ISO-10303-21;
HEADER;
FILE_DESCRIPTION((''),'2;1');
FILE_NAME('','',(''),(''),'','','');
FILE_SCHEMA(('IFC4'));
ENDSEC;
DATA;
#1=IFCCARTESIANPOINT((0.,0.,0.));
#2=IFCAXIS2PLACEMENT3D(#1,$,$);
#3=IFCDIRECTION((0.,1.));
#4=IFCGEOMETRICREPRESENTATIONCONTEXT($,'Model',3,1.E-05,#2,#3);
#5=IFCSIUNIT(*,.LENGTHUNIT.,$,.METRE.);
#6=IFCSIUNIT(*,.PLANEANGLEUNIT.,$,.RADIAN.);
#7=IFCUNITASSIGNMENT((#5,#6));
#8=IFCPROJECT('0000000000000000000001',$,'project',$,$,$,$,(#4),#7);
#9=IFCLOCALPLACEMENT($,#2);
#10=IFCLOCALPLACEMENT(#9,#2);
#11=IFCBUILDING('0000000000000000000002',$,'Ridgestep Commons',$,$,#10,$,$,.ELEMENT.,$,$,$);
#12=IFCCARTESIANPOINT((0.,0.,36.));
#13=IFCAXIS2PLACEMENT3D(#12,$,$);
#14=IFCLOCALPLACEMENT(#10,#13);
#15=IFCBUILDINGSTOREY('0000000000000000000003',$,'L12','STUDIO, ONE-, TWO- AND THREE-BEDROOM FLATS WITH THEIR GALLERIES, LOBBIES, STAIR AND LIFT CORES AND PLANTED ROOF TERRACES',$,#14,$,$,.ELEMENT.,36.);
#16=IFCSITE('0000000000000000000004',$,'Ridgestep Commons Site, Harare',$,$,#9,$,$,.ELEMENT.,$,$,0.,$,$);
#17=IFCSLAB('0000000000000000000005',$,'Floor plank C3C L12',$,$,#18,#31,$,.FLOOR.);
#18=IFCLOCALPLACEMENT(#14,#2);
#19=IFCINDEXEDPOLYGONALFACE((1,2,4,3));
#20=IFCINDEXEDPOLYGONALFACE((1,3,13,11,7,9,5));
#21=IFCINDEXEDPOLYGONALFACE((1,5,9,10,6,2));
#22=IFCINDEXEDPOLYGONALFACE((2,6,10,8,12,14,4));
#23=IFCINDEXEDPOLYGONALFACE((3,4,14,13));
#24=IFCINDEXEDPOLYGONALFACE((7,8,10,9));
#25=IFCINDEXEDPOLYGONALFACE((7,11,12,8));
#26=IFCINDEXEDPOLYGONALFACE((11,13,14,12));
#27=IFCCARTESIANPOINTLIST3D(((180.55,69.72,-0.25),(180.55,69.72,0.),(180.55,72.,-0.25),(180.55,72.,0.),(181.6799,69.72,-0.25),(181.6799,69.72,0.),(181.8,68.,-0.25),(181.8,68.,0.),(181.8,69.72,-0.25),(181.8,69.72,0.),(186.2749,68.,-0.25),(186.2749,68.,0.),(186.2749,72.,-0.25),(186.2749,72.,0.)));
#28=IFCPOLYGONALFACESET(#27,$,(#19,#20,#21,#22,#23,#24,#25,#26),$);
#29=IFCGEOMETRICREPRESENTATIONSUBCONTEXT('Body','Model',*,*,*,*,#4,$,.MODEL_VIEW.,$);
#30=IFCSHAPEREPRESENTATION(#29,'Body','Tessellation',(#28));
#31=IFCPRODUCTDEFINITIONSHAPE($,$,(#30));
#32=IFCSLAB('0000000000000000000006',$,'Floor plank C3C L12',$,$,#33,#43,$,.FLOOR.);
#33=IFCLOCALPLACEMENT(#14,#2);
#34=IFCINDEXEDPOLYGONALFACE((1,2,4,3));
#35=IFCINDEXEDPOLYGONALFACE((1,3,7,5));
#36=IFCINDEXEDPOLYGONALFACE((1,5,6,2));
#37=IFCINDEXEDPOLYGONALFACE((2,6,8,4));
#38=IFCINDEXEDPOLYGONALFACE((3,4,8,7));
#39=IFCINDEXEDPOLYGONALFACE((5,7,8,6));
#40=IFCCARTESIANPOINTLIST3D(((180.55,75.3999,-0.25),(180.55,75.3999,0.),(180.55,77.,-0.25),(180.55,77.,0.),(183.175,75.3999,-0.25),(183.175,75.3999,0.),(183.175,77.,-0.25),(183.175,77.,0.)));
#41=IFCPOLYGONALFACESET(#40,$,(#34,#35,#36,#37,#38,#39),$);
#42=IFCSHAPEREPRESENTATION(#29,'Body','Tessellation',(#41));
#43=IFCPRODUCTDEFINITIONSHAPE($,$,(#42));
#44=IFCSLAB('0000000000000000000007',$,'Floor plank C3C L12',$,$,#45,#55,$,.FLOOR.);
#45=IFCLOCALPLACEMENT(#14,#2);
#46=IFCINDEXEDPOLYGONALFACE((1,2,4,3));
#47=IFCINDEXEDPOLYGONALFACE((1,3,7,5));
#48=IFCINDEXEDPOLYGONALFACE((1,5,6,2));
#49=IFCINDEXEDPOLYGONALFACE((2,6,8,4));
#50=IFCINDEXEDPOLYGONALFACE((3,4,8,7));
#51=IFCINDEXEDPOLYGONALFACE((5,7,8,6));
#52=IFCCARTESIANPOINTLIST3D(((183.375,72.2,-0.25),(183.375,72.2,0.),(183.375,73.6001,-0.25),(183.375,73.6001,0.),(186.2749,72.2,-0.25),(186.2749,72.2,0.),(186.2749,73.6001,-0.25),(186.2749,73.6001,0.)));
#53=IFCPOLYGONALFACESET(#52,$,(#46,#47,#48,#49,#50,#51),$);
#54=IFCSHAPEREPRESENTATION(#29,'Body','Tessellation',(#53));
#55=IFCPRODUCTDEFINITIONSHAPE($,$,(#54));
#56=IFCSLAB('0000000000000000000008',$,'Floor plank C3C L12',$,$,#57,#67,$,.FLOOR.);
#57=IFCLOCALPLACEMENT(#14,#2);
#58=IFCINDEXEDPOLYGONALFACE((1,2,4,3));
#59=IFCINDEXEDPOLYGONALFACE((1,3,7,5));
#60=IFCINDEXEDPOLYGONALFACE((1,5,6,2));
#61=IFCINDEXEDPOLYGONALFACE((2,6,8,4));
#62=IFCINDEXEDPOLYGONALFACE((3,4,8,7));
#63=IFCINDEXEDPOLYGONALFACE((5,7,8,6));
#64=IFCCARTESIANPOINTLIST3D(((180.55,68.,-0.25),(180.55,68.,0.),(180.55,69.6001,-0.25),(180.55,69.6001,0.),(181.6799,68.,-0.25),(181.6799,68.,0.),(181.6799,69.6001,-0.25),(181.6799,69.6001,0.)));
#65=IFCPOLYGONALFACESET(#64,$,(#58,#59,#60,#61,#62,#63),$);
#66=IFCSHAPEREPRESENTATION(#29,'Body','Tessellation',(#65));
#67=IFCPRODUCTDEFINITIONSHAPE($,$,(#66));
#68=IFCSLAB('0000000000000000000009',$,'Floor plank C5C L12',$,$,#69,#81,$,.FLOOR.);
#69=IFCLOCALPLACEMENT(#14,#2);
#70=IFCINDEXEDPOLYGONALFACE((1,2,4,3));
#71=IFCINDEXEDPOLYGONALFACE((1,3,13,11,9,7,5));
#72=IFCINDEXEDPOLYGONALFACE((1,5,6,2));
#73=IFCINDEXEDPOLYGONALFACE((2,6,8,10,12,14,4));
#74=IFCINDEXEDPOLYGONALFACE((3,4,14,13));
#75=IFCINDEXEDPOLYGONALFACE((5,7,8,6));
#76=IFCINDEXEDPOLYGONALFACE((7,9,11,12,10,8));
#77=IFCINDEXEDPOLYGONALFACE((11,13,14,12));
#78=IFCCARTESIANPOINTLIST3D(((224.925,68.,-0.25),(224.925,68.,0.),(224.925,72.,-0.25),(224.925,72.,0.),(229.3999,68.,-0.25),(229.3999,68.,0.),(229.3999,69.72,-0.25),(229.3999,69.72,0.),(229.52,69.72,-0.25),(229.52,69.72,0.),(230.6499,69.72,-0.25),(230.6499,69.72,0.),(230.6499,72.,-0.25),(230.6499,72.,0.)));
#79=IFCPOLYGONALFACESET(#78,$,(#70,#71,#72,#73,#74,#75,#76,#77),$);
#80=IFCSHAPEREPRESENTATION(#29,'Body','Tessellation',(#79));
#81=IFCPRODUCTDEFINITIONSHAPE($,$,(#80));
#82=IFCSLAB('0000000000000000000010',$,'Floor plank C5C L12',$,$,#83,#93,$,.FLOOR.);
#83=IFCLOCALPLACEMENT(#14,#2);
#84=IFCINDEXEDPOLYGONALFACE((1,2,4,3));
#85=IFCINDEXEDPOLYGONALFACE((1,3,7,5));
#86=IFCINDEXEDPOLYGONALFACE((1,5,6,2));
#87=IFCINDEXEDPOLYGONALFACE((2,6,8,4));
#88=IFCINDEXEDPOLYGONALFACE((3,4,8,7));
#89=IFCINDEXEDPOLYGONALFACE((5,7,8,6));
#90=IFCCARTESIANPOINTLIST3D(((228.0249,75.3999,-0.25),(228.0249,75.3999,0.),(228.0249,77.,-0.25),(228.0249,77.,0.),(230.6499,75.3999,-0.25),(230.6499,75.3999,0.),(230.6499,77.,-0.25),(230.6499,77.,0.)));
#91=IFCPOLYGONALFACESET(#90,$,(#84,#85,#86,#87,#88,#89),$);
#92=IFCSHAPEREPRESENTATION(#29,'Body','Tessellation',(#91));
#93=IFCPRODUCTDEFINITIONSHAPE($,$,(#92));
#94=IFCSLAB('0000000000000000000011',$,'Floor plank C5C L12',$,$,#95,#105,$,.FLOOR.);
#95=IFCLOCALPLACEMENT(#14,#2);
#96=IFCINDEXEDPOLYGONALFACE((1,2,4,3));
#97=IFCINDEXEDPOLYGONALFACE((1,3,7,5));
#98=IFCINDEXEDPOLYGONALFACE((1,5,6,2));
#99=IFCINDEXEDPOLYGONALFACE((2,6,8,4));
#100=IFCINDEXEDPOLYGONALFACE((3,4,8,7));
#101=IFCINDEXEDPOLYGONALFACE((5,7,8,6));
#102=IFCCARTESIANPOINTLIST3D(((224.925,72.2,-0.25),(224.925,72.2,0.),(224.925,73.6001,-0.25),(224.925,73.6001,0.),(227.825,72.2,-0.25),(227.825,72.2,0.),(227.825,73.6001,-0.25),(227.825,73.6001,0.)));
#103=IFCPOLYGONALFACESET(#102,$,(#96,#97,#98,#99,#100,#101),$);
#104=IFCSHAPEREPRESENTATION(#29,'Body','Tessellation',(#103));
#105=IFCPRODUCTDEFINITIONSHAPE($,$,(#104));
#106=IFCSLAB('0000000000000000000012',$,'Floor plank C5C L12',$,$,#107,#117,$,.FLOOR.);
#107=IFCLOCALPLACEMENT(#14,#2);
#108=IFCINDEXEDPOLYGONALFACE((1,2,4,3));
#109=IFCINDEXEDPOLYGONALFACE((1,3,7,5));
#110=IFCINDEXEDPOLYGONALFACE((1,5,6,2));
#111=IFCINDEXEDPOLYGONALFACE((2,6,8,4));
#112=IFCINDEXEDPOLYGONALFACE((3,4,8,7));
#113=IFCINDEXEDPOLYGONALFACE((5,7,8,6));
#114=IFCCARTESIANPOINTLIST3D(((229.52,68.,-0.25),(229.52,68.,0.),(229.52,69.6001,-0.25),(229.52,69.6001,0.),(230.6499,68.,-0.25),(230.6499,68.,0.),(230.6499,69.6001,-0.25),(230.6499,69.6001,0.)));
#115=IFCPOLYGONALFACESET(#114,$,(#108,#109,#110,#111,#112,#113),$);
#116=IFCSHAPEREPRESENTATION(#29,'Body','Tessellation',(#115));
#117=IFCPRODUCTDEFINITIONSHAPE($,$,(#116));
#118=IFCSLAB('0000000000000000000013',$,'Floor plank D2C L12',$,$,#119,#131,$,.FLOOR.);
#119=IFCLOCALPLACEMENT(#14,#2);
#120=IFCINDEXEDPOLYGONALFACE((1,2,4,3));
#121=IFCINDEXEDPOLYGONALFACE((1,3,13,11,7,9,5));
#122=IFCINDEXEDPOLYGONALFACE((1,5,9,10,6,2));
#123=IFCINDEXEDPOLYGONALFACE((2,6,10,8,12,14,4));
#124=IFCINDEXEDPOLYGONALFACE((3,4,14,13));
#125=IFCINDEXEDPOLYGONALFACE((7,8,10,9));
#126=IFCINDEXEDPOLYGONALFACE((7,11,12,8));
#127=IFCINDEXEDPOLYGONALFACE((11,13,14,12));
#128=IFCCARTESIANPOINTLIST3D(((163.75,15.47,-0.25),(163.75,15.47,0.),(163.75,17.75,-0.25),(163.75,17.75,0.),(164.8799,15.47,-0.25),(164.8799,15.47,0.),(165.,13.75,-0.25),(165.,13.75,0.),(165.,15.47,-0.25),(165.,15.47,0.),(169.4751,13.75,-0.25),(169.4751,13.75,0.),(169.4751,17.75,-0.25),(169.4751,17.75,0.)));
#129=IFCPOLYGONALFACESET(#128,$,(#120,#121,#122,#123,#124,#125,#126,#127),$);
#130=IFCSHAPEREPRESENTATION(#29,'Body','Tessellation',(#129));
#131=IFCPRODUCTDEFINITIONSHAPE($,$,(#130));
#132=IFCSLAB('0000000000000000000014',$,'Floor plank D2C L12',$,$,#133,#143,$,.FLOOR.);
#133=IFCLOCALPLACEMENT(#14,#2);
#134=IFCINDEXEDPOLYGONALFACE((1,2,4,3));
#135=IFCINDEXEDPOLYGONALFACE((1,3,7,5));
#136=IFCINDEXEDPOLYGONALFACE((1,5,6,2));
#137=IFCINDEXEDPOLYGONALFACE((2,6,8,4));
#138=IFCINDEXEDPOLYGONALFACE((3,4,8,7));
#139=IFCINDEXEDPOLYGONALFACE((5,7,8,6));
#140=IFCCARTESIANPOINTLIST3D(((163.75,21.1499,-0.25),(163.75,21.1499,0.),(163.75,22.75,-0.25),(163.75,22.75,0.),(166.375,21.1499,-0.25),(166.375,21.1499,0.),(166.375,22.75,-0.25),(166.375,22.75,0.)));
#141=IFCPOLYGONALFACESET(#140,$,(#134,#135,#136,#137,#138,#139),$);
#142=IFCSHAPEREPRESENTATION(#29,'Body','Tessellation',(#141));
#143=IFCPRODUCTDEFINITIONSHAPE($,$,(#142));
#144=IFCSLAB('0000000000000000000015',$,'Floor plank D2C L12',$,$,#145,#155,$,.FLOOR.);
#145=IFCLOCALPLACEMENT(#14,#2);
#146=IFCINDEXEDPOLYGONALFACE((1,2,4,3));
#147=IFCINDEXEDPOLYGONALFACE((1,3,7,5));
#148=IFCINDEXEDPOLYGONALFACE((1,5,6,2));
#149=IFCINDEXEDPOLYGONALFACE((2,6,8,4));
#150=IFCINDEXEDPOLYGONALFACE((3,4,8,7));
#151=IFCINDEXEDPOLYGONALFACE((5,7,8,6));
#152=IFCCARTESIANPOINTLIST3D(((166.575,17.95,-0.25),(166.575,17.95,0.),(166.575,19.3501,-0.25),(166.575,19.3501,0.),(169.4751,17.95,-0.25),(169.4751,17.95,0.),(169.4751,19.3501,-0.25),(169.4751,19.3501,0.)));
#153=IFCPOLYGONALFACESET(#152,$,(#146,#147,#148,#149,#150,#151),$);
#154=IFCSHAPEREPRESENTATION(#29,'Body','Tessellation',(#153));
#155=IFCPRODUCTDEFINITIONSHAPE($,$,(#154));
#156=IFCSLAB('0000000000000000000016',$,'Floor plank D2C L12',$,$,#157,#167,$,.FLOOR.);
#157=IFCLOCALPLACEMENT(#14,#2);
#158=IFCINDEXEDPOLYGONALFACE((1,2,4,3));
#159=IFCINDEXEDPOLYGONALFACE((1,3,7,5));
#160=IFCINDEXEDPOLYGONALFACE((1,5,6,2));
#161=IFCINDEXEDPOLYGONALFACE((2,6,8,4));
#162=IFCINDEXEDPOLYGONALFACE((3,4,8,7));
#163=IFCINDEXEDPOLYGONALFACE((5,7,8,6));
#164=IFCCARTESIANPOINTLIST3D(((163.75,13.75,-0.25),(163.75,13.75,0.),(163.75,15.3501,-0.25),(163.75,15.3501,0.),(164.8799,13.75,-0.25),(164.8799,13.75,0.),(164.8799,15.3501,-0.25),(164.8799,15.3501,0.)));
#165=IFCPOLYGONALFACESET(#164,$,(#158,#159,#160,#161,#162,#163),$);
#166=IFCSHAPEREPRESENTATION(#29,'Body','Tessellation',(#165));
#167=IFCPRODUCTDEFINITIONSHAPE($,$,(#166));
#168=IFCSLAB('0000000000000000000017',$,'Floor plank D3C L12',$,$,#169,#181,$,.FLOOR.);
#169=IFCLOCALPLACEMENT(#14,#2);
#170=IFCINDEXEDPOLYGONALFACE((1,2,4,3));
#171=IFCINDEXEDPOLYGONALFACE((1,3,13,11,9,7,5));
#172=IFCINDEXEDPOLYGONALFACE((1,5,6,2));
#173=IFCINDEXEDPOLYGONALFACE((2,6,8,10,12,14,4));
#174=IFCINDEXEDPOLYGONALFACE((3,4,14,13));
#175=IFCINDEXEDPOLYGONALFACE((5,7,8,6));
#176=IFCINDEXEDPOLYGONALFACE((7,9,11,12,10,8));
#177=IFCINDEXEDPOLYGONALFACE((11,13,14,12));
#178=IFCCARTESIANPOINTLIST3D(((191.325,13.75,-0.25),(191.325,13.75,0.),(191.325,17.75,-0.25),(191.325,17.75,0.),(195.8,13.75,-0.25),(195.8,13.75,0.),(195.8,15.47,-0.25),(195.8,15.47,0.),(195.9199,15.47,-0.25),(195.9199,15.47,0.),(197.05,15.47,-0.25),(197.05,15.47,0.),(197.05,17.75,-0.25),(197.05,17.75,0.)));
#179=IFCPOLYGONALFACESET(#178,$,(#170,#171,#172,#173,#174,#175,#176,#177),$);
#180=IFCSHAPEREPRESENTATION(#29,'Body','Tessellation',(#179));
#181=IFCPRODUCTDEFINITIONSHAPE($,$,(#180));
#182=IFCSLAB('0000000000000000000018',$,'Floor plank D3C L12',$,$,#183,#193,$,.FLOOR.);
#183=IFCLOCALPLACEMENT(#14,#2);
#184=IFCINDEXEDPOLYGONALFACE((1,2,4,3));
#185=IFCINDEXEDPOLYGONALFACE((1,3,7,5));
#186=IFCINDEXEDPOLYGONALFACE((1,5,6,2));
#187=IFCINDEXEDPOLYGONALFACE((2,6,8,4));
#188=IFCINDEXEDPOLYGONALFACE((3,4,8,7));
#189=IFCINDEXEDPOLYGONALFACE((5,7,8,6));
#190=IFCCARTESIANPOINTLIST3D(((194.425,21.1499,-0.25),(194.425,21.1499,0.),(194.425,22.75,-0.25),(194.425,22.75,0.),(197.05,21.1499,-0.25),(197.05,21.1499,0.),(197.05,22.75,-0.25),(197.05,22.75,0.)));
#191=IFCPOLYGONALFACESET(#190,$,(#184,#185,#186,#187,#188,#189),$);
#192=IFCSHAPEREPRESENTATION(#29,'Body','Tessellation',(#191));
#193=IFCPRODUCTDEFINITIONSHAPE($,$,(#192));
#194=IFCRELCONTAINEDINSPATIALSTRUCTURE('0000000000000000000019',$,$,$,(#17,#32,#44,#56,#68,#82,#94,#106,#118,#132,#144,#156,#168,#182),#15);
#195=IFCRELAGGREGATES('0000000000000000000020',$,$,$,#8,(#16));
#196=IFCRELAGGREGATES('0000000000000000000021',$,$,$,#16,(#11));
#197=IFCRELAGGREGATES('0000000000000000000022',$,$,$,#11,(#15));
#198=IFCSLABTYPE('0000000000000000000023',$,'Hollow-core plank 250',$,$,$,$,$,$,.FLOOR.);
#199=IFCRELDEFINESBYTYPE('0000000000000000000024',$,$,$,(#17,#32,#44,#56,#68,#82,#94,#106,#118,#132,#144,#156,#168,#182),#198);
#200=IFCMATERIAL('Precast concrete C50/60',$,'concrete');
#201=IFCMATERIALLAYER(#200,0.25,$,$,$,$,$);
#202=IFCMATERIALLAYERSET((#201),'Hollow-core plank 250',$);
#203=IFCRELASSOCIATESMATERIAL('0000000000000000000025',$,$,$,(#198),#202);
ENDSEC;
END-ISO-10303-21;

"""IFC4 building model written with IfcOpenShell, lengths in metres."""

from ifc_helpers import new_model, si_unit, direction, frame, origin, place, context, subcontext, project, spatial, polyline, outline, extrude, material, layer, layer_set, type_object, element, save


model = new_model("IFC4")

# Units and contexts
model_context = context("Model", 3, precision=1e-05, world=origin(), true_north=direction((0.0, 1.0)))
body_context = subcontext(model_context, "Body", "Model", "MODEL_VIEW")
ifc_project = project(units=[si_unit("LENGTHUNIT", "METRE"), si_unit("PLANEANGLEUNIT", "RADIAN")], contexts=[model_context])

# Site, building, storey
site_placement = place(None, origin())
site = spatial("IfcSite", under=ifc_project, at=site_placement, Name="Ridgestep Commons Site, Harare", CompositionType="ELEMENT", RefElevation=0.0)
building_placement = place(site_placement, origin())
building = spatial("IfcBuilding", under=site, at=building_placement, Name="Ridgestep Commons", CompositionType="ELEMENT")
storey_placement = place(building_placement, frame((0.0, 0.0, 36.0)))
storey = spatial("IfcBuildingStorey", under=building, at=storey_placement, Name="L12", Description="STUDIO, ONE-, TWO- AND THREE-BEDROOM FLATS WITH THEIR GALLERIES, LOBBIES, STAIR AND LIFT CORES AND PLANTED ROOF TERRACES", CompositionType="ELEMENT", Elevation=36.0)

# Slabs
ifc_material_1 = material(Name="Precast concrete C50/60", Category="concrete")
ifc_layer_1 = layer(ifc_material_1, 0.25)
ifc_layer_set_1 = layer_set([ifc_layer_1], Name="Hollow-core plank 250")
slab_type_1 = type_object("IfcSlabType", Name="Hollow-core plank 250", PredefinedType="FLOOR", material=ifc_layer_set_1)
slab_1_placement = place(storey_placement, frame((0.0, 0.0, -0.25)))
element("IfcSlab", 1, at=slab_1_placement, inside=storey, type_object=slab_type_1, Name="Floor plank C3C L12", PredefinedType="FLOOR", context=body_context, shape_type="SweptSolid", body=[
    extrude(outline(polyline([(181.8, 68.0), (186.2749, 68.0), (186.2749, 72.0), (180.55, 72.0), (180.55, 69.72), (181.6799, 69.72), (181.8, 69.72), (181.8, 68.0)])), origin(), (0.0, 0.0, 1.0), 0.25),
])
slab_2_placement = place(storey_placement, frame((0.0, 0.0, -0.25)))
element("IfcSlab", 2, at=slab_2_placement, inside=storey, type_object=slab_type_1, Name="Floor plank C3C L12", PredefinedType="FLOOR", context=body_context, shape_type="SweptSolid", body=[
    extrude(outline(polyline([(183.175, 77.0), (180.55, 77.0), (180.55, 75.3999), (183.175, 75.3999), (183.175, 77.0)])), origin(), (0.0, 0.0, 1.0), 0.25),
])
slab_3_placement = place(storey_placement, frame((0.0, 0.0, -0.25)))
element("IfcSlab", 3, at=slab_3_placement, inside=storey, type_object=slab_type_1, Name="Floor plank C3C L12", PredefinedType="FLOOR", context=body_context, shape_type="SweptSolid", body=[
    extrude(outline(polyline([(186.2749, 72.2), (186.2749, 73.6001), (183.375, 73.6001), (183.375, 72.2), (186.2749, 72.2)])), origin(), (0.0, 0.0, 1.0), 0.25),
])
slab_4_placement = place(storey_placement, frame((0.0, 0.0, -0.25)))
element("IfcSlab", 4, at=slab_4_placement, inside=storey, type_object=slab_type_1, Name="Floor plank C3C L12", PredefinedType="FLOOR", context=body_context, shape_type="SweptSolid", body=[
    extrude(outline(polyline([(181.6799, 69.6001), (180.55, 69.6001), (180.55, 68.0), (181.6799, 68.0), (181.6799, 69.6001)])), origin(), (0.0, 0.0, 1.0), 0.25),
])
slab_5_placement = place(storey_placement, frame((0.0, 0.0, -0.25)))
element("IfcSlab", 5, at=slab_5_placement, inside=storey, type_object=slab_type_1, Name="Floor plank C5C L12", PredefinedType="FLOOR", context=body_context, shape_type="SweptSolid", body=[
    extrude(outline(polyline([(229.52, 69.72), (230.6499, 69.72), (230.6499, 72.0), (224.925, 72.0), (224.925, 68.0), (229.3999, 68.0), (229.3999, 69.72), (229.52, 69.72)])), origin(), (0.0, 0.0, 1.0), 0.25),
])
slab_6_placement = place(storey_placement, frame((0.0, 0.0, -0.25)))
element("IfcSlab", 6, at=slab_6_placement, inside=storey, type_object=slab_type_1, Name="Floor plank C5C L12", PredefinedType="FLOOR", context=body_context, shape_type="SweptSolid", body=[
    extrude(outline(polyline([(230.6499, 75.3999), (230.6499, 77.0), (228.0249, 77.0), (228.0249, 75.3999), (230.6499, 75.3999)])), origin(), (0.0, 0.0, 1.0), 0.25),
])
slab_7_placement = place(storey_placement, frame((0.0, 0.0, -0.25)))
element("IfcSlab", 7, at=slab_7_placement, inside=storey, type_object=slab_type_1, Name="Floor plank C5C L12", PredefinedType="FLOOR", context=body_context, shape_type="SweptSolid", body=[
    extrude(outline(polyline([(227.825, 72.2), (227.825, 73.6001), (224.925, 73.6001), (224.925, 72.2), (227.825, 72.2)])), origin(), (0.0, 0.0, 1.0), 0.25),
])
slab_8_placement = place(storey_placement, frame((0.0, 0.0, -0.25)))
element("IfcSlab", 8, at=slab_8_placement, inside=storey, type_object=slab_type_1, Name="Floor plank C5C L12", PredefinedType="FLOOR", context=body_context, shape_type="SweptSolid", body=[
    extrude(outline(polyline([(229.52, 68.0), (230.6499, 68.0), (230.6499, 69.6001), (229.52, 69.6001), (229.52, 68.0)])), origin(), (0.0, 0.0, 1.0), 0.25),
])
slab_9_placement = place(storey_placement, frame((0.0, 0.0, -0.25)))
element("IfcSlab", 9, at=slab_9_placement, inside=storey, type_object=slab_type_1, Name="Floor plank D2C L12", PredefinedType="FLOOR", context=body_context, shape_type="SweptSolid", body=[
    extrude(outline(polyline([(165.0, 13.75), (169.4751, 13.75), (169.4751, 17.75), (163.75, 17.75), (163.75, 15.47), (164.8799, 15.47), (165.0, 15.47), (165.0, 13.75)])), origin(), (0.0, 0.0, 1.0), 0.25),
])
slab_10_placement = place(storey_placement, frame((0.0, 0.0, -0.25)))
element("IfcSlab", 10, at=slab_10_placement, inside=storey, type_object=slab_type_1, Name="Floor plank D2C L12", PredefinedType="FLOOR", context=body_context, shape_type="SweptSolid", body=[
    extrude(outline(polyline([(166.375, 22.75), (163.75, 22.75), (163.75, 21.1499), (166.375, 21.1499), (166.375, 22.75)])), origin(), (0.0, 0.0, 1.0), 0.25),
])
slab_11_placement = place(storey_placement, frame((0.0, 0.0, -0.25)))
element("IfcSlab", 11, at=slab_11_placement, inside=storey, type_object=slab_type_1, Name="Floor plank D2C L12", PredefinedType="FLOOR", context=body_context, shape_type="SweptSolid", body=[
    extrude(outline(polyline([(169.4751, 17.95), (169.4751, 19.3501), (166.575, 19.3501), (166.575, 17.95), (169.4751, 17.95)])), origin(), (0.0, 0.0, 1.0), 0.25),
])
slab_12_placement = place(storey_placement, frame((0.0, 0.0, -0.25)))
element("IfcSlab", 12, at=slab_12_placement, inside=storey, type_object=slab_type_1, Name="Floor plank D2C L12", PredefinedType="FLOOR", context=body_context, shape_type="SweptSolid", body=[
    extrude(outline(polyline([(164.8799, 15.3501), (163.75, 15.3501), (163.75, 13.75), (164.8799, 13.75), (164.8799, 15.3501)])), origin(), (0.0, 0.0, 1.0), 0.25),
])
slab_13_placement = place(storey_placement, frame((0.0, 0.0, -0.25)))
element("IfcSlab", 13, at=slab_13_placement, inside=storey, type_object=slab_type_1, Name="Floor plank D3C L12", PredefinedType="FLOOR", context=body_context, shape_type="SweptSolid", body=[
    extrude(outline(polyline([(195.9199, 15.47), (197.05, 15.47), (197.05, 17.75), (191.325, 17.75), (191.325, 13.75), (195.8, 13.75), (195.8, 15.47), (195.9199, 15.47)])), origin(), (0.0, 0.0, 1.0), 0.25),
])
slab_14_placement = place(storey_placement, frame((0.0, 0.0, -0.25)))
element("IfcSlab", 14, at=slab_14_placement, inside=storey, type_object=slab_type_1, Name="Floor plank D3C L12", PredefinedType="FLOOR", context=body_context, shape_type="SweptSolid", body=[
    extrude(outline(polyline([(197.05, 21.1499), (197.05, 22.75), (194.425, 22.75), (194.425, 21.1499), (197.05, 21.1499)])), origin(), (0.0, 0.0, 1.0), 0.25),
])

save(model, "model.ifc")
